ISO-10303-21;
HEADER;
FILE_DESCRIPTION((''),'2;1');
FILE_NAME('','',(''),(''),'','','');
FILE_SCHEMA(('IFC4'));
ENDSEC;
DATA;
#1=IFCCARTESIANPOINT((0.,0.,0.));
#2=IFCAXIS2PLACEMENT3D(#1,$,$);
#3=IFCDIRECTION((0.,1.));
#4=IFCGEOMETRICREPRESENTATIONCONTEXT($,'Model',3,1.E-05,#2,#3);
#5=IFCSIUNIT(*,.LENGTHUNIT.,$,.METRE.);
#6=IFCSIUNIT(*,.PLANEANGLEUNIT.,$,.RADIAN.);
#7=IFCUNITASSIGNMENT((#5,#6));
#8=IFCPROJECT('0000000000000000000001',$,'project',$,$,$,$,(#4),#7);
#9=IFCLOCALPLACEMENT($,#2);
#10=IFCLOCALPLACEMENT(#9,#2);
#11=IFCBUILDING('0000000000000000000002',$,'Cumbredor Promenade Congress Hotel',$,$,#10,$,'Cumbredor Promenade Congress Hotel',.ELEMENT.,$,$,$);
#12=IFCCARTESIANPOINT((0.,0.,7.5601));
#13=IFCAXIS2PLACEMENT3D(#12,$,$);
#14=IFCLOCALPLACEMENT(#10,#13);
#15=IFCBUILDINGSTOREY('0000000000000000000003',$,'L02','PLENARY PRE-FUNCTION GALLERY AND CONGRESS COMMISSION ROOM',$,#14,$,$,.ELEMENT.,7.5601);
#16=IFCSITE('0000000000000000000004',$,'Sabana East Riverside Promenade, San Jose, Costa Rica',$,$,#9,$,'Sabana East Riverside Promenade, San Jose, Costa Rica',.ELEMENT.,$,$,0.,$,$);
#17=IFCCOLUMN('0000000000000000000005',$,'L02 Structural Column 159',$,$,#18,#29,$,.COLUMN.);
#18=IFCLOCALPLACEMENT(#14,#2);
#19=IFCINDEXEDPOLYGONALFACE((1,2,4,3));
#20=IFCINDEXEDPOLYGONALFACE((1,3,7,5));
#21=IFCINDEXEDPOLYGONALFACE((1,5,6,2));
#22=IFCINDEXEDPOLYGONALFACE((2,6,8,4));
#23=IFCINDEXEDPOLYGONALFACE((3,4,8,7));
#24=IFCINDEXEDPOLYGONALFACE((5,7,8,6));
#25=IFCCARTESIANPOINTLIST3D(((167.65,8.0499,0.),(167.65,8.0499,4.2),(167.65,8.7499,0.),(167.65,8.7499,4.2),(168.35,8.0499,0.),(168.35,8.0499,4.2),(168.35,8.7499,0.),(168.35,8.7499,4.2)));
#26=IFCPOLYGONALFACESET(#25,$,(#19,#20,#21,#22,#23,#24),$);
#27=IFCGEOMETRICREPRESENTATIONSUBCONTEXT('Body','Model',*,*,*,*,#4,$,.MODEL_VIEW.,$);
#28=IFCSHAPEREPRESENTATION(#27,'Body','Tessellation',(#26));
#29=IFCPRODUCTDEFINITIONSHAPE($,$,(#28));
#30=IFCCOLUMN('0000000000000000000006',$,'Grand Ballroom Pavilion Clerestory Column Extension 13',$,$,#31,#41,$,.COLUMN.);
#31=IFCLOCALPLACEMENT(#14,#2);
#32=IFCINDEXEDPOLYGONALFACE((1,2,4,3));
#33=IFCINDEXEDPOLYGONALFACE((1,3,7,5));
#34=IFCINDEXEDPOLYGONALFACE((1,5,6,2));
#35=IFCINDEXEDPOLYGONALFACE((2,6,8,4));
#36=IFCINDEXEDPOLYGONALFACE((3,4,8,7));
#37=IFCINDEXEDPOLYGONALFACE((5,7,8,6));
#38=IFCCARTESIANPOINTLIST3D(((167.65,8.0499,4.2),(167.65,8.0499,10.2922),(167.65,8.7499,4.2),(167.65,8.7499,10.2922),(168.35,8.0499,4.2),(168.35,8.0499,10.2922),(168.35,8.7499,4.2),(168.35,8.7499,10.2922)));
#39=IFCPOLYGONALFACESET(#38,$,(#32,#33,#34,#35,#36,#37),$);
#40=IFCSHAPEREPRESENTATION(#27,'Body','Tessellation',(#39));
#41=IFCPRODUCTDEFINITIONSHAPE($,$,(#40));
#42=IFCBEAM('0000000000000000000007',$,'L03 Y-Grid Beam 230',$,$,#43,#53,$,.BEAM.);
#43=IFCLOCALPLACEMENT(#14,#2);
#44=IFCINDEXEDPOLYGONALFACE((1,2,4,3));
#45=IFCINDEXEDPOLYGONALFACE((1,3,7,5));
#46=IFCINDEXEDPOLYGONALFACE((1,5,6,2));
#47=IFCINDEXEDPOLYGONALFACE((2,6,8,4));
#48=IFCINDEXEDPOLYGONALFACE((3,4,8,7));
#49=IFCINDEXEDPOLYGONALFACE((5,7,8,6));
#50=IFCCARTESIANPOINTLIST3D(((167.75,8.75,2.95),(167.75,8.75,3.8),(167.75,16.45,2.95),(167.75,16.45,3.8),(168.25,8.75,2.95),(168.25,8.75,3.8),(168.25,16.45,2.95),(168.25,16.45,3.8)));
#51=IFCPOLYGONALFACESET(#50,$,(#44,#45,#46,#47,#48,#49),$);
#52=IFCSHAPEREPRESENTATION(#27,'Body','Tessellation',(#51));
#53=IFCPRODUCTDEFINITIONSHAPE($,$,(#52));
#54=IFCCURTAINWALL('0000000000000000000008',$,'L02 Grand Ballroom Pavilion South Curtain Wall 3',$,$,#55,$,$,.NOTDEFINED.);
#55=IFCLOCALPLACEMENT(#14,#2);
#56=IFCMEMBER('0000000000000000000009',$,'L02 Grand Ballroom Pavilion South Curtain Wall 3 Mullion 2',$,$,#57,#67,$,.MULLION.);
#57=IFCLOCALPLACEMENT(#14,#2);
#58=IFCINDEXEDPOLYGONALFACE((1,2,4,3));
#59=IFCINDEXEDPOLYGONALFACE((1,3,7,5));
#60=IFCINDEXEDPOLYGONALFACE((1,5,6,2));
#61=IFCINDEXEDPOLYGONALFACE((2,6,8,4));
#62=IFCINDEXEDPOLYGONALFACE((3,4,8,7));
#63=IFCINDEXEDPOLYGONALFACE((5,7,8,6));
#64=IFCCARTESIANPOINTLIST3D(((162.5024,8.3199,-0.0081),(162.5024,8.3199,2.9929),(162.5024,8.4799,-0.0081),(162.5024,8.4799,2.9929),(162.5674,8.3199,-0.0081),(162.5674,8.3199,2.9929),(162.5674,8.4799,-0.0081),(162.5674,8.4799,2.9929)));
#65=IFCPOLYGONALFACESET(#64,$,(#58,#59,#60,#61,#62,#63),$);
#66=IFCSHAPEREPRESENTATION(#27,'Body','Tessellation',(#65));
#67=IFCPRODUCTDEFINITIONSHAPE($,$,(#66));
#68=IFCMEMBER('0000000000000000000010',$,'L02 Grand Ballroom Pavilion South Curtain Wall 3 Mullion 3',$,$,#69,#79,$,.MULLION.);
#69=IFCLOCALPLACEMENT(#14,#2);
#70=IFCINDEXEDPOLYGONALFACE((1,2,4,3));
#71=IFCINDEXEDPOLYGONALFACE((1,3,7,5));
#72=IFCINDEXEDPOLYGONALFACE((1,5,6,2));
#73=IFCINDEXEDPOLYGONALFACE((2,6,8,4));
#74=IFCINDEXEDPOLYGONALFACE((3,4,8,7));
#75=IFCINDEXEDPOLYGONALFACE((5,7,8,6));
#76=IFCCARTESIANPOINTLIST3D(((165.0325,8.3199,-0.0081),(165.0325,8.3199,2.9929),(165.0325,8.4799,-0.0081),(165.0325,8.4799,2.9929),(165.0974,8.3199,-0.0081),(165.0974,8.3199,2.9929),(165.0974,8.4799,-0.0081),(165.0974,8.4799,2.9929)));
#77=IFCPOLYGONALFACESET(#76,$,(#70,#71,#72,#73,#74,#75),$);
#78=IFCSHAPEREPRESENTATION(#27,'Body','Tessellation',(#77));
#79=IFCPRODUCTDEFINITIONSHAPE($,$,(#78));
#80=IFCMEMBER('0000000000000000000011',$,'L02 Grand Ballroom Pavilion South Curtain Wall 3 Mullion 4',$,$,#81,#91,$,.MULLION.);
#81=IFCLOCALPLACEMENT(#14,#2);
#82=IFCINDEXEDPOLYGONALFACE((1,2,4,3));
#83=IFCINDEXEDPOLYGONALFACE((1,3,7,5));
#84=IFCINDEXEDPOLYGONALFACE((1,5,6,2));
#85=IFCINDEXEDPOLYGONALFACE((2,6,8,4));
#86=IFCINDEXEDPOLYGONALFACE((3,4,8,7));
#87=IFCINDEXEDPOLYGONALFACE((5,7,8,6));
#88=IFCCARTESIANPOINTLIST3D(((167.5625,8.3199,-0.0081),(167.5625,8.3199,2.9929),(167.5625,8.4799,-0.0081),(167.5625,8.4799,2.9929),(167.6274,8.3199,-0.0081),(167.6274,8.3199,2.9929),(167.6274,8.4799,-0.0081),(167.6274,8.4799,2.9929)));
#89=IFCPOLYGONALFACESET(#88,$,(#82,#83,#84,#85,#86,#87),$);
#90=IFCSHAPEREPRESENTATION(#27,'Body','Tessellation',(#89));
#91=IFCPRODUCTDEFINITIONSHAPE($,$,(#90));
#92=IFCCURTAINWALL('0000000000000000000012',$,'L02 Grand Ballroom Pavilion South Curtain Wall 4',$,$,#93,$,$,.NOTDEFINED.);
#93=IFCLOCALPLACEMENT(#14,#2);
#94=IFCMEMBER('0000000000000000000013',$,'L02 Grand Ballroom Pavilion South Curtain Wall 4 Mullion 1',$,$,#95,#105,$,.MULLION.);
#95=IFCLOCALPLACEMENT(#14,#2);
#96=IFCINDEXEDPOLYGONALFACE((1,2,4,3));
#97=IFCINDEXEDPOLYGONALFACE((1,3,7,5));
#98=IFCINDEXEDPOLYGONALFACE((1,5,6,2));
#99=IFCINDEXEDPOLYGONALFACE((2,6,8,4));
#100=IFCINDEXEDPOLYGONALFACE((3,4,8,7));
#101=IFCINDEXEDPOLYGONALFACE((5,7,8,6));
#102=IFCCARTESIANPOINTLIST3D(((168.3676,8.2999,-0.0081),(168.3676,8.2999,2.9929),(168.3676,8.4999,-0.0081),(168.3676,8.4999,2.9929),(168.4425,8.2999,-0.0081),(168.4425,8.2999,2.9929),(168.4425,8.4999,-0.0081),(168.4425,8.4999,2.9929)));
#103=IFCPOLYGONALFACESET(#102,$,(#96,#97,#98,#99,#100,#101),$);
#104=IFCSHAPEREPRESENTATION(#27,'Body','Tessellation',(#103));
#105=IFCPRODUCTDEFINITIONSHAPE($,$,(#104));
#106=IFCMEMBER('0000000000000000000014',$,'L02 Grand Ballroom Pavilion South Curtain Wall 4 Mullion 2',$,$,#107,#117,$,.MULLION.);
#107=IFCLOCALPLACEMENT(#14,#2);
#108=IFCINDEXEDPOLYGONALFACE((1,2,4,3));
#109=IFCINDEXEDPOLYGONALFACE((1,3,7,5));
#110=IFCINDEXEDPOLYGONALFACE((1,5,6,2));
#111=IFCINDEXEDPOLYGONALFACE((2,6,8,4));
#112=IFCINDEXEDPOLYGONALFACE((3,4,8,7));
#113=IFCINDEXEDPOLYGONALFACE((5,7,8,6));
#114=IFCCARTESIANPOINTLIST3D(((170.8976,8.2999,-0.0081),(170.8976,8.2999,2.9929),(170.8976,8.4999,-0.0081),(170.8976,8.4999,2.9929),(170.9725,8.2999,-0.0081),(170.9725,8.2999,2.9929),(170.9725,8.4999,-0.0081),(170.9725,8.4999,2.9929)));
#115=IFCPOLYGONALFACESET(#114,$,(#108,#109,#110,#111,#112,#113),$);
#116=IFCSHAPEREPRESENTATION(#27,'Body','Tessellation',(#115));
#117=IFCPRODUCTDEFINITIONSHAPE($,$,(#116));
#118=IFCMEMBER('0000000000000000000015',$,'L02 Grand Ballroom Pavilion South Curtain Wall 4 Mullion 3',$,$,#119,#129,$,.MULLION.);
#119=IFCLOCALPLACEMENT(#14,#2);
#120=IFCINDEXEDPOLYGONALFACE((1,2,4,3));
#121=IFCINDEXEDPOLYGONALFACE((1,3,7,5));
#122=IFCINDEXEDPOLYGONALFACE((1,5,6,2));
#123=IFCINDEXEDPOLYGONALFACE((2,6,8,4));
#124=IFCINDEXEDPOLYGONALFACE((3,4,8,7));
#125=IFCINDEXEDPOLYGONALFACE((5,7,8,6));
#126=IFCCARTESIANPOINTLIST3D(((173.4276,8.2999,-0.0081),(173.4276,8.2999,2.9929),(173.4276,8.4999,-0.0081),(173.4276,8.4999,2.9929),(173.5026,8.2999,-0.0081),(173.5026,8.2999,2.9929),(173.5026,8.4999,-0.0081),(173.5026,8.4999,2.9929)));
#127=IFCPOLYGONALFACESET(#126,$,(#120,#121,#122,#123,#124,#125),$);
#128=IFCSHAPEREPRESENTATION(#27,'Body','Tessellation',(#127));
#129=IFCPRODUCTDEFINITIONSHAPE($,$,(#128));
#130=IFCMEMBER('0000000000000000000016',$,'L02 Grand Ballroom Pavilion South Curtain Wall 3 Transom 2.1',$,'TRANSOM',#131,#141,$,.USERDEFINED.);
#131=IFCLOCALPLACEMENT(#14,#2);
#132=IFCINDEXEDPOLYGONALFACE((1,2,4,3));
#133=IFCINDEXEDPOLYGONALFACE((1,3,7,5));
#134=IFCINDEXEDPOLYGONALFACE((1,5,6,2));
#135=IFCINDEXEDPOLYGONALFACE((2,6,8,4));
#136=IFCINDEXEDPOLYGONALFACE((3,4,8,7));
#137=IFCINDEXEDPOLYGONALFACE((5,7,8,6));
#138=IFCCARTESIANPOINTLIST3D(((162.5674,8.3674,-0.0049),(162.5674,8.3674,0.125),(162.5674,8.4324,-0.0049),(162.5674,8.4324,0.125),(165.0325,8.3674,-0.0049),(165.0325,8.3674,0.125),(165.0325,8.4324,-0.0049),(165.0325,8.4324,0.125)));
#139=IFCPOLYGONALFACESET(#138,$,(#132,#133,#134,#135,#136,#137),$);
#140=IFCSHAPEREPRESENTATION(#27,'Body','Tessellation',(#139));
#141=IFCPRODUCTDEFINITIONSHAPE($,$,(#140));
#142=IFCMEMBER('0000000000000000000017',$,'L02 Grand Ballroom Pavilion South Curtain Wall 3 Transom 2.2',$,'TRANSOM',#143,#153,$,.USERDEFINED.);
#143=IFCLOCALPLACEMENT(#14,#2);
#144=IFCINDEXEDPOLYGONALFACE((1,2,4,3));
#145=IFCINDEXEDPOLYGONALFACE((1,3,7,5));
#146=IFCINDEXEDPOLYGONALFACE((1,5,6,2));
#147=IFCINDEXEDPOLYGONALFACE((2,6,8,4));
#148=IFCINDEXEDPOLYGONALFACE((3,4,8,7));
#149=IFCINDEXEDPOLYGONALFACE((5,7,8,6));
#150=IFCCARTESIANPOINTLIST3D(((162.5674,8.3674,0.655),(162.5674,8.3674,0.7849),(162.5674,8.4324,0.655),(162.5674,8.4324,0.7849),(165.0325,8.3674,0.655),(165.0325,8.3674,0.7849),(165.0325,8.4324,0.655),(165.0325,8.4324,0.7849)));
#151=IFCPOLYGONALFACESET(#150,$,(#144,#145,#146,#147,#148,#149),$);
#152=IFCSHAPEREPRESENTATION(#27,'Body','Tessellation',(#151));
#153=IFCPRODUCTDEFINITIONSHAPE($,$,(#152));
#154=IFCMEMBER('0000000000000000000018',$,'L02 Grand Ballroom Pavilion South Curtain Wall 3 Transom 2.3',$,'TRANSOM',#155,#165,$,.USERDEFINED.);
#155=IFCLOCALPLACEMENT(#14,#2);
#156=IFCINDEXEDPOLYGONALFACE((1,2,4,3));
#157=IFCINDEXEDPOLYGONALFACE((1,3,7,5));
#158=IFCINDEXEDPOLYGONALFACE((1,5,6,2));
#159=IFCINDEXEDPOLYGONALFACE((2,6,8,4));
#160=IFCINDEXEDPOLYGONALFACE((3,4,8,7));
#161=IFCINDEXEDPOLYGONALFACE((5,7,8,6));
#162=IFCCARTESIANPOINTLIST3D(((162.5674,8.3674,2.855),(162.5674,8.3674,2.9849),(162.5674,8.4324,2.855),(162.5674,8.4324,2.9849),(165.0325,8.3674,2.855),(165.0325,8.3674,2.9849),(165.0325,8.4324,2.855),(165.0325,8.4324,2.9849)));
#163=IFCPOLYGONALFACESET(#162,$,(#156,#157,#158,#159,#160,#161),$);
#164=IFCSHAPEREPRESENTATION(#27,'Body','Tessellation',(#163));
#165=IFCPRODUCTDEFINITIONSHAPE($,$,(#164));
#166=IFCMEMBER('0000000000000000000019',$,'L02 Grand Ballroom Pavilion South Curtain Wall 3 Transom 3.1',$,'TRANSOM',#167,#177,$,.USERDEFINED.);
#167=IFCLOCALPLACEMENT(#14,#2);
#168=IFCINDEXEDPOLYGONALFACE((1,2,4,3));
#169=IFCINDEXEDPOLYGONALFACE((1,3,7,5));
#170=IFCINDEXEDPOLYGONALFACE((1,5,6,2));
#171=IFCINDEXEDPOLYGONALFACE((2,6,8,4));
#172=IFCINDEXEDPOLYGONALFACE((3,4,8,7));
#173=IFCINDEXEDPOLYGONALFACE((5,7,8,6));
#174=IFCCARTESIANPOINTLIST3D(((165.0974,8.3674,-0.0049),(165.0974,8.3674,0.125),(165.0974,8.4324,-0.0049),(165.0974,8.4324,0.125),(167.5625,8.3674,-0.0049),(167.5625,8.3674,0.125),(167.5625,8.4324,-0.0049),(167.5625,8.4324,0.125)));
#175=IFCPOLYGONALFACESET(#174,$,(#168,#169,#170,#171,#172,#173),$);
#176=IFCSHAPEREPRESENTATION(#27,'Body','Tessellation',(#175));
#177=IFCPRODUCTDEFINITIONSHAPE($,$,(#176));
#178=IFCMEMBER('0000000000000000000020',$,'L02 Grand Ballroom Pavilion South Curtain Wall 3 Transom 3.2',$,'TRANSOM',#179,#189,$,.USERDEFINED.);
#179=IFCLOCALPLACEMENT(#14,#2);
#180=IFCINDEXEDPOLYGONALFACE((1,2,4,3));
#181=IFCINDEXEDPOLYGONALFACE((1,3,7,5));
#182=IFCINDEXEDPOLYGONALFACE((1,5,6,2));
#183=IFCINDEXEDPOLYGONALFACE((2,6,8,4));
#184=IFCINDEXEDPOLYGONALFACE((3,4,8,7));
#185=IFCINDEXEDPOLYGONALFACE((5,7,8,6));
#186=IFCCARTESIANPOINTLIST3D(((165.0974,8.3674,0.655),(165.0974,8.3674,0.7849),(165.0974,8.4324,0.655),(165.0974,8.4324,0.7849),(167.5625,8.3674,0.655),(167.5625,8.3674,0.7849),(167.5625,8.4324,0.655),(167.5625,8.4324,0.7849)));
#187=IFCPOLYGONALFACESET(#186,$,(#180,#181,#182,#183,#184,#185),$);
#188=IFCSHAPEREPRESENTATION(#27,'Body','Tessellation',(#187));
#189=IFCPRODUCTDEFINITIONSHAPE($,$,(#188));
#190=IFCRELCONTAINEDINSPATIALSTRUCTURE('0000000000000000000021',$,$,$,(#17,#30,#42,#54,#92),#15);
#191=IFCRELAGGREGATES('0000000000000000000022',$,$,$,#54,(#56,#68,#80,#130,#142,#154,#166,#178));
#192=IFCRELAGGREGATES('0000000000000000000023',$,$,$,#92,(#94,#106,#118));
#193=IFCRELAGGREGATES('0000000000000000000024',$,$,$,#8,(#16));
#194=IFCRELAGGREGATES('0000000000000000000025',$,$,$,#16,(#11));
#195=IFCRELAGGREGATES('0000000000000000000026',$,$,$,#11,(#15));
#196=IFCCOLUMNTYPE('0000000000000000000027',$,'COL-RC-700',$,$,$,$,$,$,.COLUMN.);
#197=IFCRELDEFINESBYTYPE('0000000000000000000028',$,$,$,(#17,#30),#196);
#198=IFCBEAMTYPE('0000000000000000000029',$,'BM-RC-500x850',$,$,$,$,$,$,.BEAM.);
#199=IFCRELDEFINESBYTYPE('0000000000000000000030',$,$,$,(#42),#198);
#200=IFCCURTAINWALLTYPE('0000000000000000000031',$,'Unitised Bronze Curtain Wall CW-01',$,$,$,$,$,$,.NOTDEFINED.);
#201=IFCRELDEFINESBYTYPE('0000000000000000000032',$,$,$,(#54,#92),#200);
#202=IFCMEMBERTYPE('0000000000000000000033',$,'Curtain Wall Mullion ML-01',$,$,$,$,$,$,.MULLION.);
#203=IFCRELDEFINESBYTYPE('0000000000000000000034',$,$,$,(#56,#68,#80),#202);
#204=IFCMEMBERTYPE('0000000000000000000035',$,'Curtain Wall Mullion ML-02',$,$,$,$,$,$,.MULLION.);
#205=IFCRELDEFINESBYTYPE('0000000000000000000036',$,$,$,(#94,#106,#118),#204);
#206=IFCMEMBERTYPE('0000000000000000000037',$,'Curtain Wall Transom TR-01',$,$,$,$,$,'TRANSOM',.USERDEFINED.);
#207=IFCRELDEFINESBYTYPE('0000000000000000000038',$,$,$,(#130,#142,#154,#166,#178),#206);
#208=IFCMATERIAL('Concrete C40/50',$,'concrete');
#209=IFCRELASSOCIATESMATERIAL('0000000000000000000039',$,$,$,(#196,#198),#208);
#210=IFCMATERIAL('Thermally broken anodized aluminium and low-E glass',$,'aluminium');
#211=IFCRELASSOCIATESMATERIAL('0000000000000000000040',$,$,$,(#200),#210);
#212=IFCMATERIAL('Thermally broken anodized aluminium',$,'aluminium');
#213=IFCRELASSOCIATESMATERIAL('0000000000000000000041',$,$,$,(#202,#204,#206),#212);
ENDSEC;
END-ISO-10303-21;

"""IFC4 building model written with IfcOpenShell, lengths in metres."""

from ifc_helpers import new_model, si_unit, direction, frame, origin, origin_2d, place, context, subcontext, project, spatial, rectangle, extrude, material, material_profile, profile_set, type_object, element, aggregate, save


model = new_model("IFC4")

# Units and contexts
model_context = context("Model", 3, precision=1e-05, world=origin(), true_north=direction((0.0, 1.0)))
body_context = subcontext(model_context, "Body", "Model", "MODEL_VIEW")
ifc_project = project(units=[si_unit("LENGTHUNIT", "METRE"), si_unit("PLANEANGLEUNIT", "RADIAN")], contexts=[model_context])

# Site, building, storey
site_placement = place(None, origin())
site = spatial("IfcSite", under=ifc_project, at=site_placement, Name="Sabana East Riverside Promenade, San Jose, Costa Rica", LongName="Sabana East Riverside Promenade, San Jose, Costa Rica", CompositionType="ELEMENT", RefElevation=0.0)
building_placement = place(site_placement, origin())
building = spatial("IfcBuilding", under=site, at=building_placement, Name="Cumbredor Promenade Congress Hotel", LongName="Cumbredor Promenade Congress Hotel", CompositionType="ELEMENT")
storey_placement = place(building_placement, frame((0.0, 0.0, 7.5601)))
storey = spatial("IfcBuildingStorey", under=building, at=storey_placement, Name="L02", Description="PLENARY PRE-FUNCTION GALLERY AND CONGRESS COMMISSION ROOM", CompositionType="ELEMENT", Elevation=7.5601)

# Columns
ifc_material_1 = material(Name="Concrete C40/50", Category="concrete")
ifc_material_profile_1 = material_profile(ifc_material_1, rectangle(XDim=0.7, YDim=0.7, at=origin_2d()), Name="RC 700x700")
ifc_profile_set_1 = profile_set([ifc_material_profile_1], Name="Concrete C40/50")
column_type = type_object("IfcColumnType", Name="COL-RC-700", PredefinedType="COLUMN", material=ifc_profile_set_1)
column_1_placement = place(storey_placement, frame((168.0, 8.3999, 0.0), z_axis=(0.0, 0.0, 1.0), x_axis=(1.0, 0.0, 0.0)))
element("IfcColumn", 1, at=column_1_placement, inside=storey, type_object=column_type, Name="L02 Structural Column 159", PredefinedType="COLUMN", context=body_context, shape_type="SweptSolid", body=[
    extrude(rectangle(XDim=0.7, YDim=0.7, at=origin_2d()), origin(), (0.0, 0.0, 1.0), 4.2),
])
column_2_placement = place(storey_placement, frame((168.0, 8.3999, 4.2), z_axis=(0.0, 0.0, 1.0), x_axis=(1.0, 0.0, 0.0)))
element("IfcColumn", 2, at=column_2_placement, inside=storey, type_object=column_type, Name="Grand Ballroom Pavilion Clerestory Column Extension 13", PredefinedType="COLUMN", context=body_context, shape_type="SweptSolid", body=[
    extrude(rectangle(XDim=0.7, YDim=0.7, at=origin_2d()), origin(), (0.0, 0.0, 1.0), 6.0923),
])

# Beam
ifc_material_profile_2 = material_profile(ifc_material_1, rectangle(XDim=0.5, YDim=0.8501, at=origin_2d()), Name="RC BEAM 500x850")
ifc_profile_set_2 = profile_set([ifc_material_profile_2], Name="Concrete C40/50")
beam_type_1 = type_object("IfcBeamType", Name="BM-RC-500x850", PredefinedType="BEAM", material=ifc_profile_set_2)
beam_1_placement = place(storey_placement, frame((168.0, 8.75, 3.375), z_axis=(0.0, 1.0, 0.0), x_axis=(-1.0, 0.0, 0.0)))
element("IfcBeam", 3, at=beam_1_placement, inside=storey, type_object=beam_type_1, Name="L03 Y-Grid Beam 230", PredefinedType="BEAM", context=body_context, shape_type="SweptSolid", body=[
    extrude(rectangle(XDim=0.5, YDim=0.8501, at=origin_2d()), origin(), (0.0, 0.0, 1.0), 7.7),
])

# Curtain walls, members
ifc_material_2 = material(Name="Thermally broken anodized aluminium and low-E glass", Category="aluminium")
curtain_wall_type = type_object("IfcCurtainWallType", Name="Unitised Bronze Curtain Wall CW-01", PredefinedType="NOTDEFINED", material=ifc_material_2)
curtain_wall_1_placement = place(storey_placement, origin())
curtain_wall_1 = element("IfcCurtainWall", 4, at=curtain_wall_1_placement, inside=storey, type_object=curtain_wall_type, Name="L02 Grand Ballroom Pavilion South Curtain Wall 3", PredefinedType="NOTDEFINED")
ifc_material_3 = material(Name="Thermally broken anodized aluminium", Category="aluminium")
ifc_material_profile_3 = material_profile(ifc_material_3, rectangle(XDim=0.0649, YDim=0.1599, at=origin_2d()), Name="ALU MULLION 65x160")
ifc_profile_set_3 = profile_set([ifc_material_profile_3], Name="Thermally broken anodized aluminium")
member_type_1 = type_object("IfcMemberType", Name="Curtain Wall Mullion ML-01", PredefinedType="MULLION", material=ifc_profile_set_3)
member_1_placement = place(storey_placement, frame((162.5349, 8.3999, -0.0081), z_axis=(0.0, 0.0, 1.0), x_axis=(1.0, 0.0, 0.0)))
member_1 = element("IfcMember", 5, at=member_1_placement, type_object=member_type_1, Name="L02 Grand Ballroom Pavilion South Curtain Wall 3 Mullion 2", PredefinedType="MULLION", context=body_context, shape_type="SweptSolid", body=[
    extrude(rectangle(XDim=0.0649, YDim=0.1599, at=origin_2d()), origin(), (0.0, 0.0, 1.0), 3.001),
])
member_2_placement = place(storey_placement, frame((165.0649, 8.3999, -0.0081), z_axis=(0.0, 0.0, 1.0), x_axis=(1.0, 0.0, 0.0)))
member_2 = element("IfcMember", 6, at=member_2_placement, type_object=member_type_1, Name="L02 Grand Ballroom Pavilion South Curtain Wall 3 Mullion 3", PredefinedType="MULLION", context=body_context, shape_type="SweptSolid", body=[
    extrude(rectangle(XDim=0.0649, YDim=0.1599, at=origin_2d()), origin(), (0.0, 0.0, 1.0), 3.001),
])
member_3_placement = place(storey_placement, frame((167.595, 8.3999, -0.0081), z_axis=(0.0, 0.0, 1.0), x_axis=(1.0, 0.0, 0.0)))
member_3 = element("IfcMember", 7, at=member_3_placement, type_object=member_type_1, Name="L02 Grand Ballroom Pavilion South Curtain Wall 3 Mullion 4", PredefinedType="MULLION", context=body_context, shape_type="SweptSolid", body=[
    extrude(rectangle(XDim=0.0649, YDim=0.1599, at=origin_2d()), origin(), (0.0, 0.0, 1.0), 3.001),
])
curtain_wall_2_placement = place(storey_placement, origin())
curtain_wall_2 = element("IfcCurtainWall", 8, at=curtain_wall_2_placement, inside=storey, type_object=curtain_wall_type, Name="L02 Grand Ballroom Pavilion South Curtain Wall 4", PredefinedType="NOTDEFINED")
ifc_material_profile_4 = material_profile(ifc_material_3, rectangle(XDim=0.075, YDim=0.2, at=origin_2d()), Name="ALU MULLION 75x200")
ifc_profile_set_4 = profile_set([ifc_material_profile_4], Name="Thermally broken anodized aluminium")
member_type_2 = type_object("IfcMemberType", Name="Curtain Wall Mullion ML-02", PredefinedType="MULLION", material=ifc_profile_set_4)
member_4_placement = place(storey_placement, frame((168.405, 8.3999, -0.0081), z_axis=(0.0, 0.0, 1.0), x_axis=(1.0, 0.0, 0.0)))
member_4 = element("IfcMember", 9, at=member_4_placement, type_object=member_type_2, Name="L02 Grand Ballroom Pavilion South Curtain Wall 4 Mullion 1", PredefinedType="MULLION", context=body_context, shape_type="SweptSolid", body=[
    extrude(rectangle(XDim=0.075, YDim=0.2, at=origin_2d()), origin(), (0.0, 0.0, 1.0), 3.001),
])
member_5_placement = place(storey_placement, frame((170.9351, 8.3999, -0.0081), z_axis=(0.0, 0.0, 1.0), x_axis=(1.0, 0.0, 0.0)))
member_5 = element("IfcMember", 10, at=member_5_placement, type_object=member_type_2, Name="L02 Grand Ballroom Pavilion South Curtain Wall 4 Mullion 2", PredefinedType="MULLION", context=body_context, shape_type="SweptSolid", body=[
    extrude(rectangle(XDim=0.075, YDim=0.2, at=origin_2d()), origin(), (0.0, 0.0, 1.0), 3.001),
])
member_6_placement = place(storey_placement, frame((173.4651, 8.3999, -0.0081), z_axis=(0.0, 0.0, 1.0), x_axis=(1.0, 0.0, 0.0)))
member_6 = element("IfcMember", 11, at=member_6_placement, type_object=member_type_2, Name="L02 Grand Ballroom Pavilion South Curtain Wall 4 Mullion 3", PredefinedType="MULLION", context=body_context, shape_type="SweptSolid", body=[
    extrude(rectangle(XDim=0.075, YDim=0.2, at=origin_2d()), origin(), (0.0, 0.0, 1.0), 3.001),
])

# Members
ifc_material_profile_5 = material_profile(ifc_material_3, rectangle(XDim=0.0649, YDim=0.1299, at=origin_2d()), Name="ALU TRANSOM 65x130")
ifc_profile_set_5 = profile_set([ifc_material_profile_5], Name="Thermally broken anodized aluminium")
member_type_3 = type_object("IfcMemberType", Name="Curtain Wall Transom TR-01", ElementType="TRANSOM", PredefinedType="USERDEFINED", material=ifc_profile_set_5)
member_7_placement = place(storey_placement, frame((162.5674, 8.3999, 0.0601), z_axis=(1.0, 0.0, 0.0), x_axis=(0.0, 1.0, 0.0)))
member_7 = element("IfcMember", 12, at=member_7_placement, type_object=member_type_3, Name="L02 Grand Ballroom Pavilion South Curtain Wall 3 Transom 2.1", ObjectType="TRANSOM", PredefinedType="USERDEFINED", context=body_context, shape_type="SweptSolid", body=[
    extrude(rectangle(XDim=0.0649, YDim=0.1299, at=origin_2d()), origin(), (0.0, 0.0, 1.0), 2.4651),
])
member_8_placement = place(storey_placement, frame((162.5674, 8.3999, 0.72), z_axis=(1.0, 0.0, 0.0), x_axis=(0.0, 1.0, 0.0)))
member_8 = element("IfcMember", 13, at=member_8_placement, type_object=member_type_3, Name="L02 Grand Ballroom Pavilion South Curtain Wall 3 Transom 2.2", ObjectType="TRANSOM", PredefinedType="USERDEFINED", context=body_context, shape_type="SweptSolid", body=[
    extrude(rectangle(XDim=0.0649, YDim=0.1299, at=origin_2d()), origin(), (0.0, 0.0, 1.0), 2.4651),
])
member_9_placement = place(storey_placement, frame((162.5674, 8.3999, 2.9199), z_axis=(1.0, 0.0, 0.0), x_axis=(0.0, 1.0, 0.0)))
member_9 = element("IfcMember", 14, at=member_9_placement, type_object=member_type_3, Name="L02 Grand Ballroom Pavilion South Curtain Wall 3 Transom 2.3", ObjectType="TRANSOM", PredefinedType="USERDEFINED", context=body_context, shape_type="SweptSolid", body=[
    extrude(rectangle(XDim=0.0649, YDim=0.1299, at=origin_2d()), origin(), (0.0, 0.0, 1.0), 2.4651),
])
member_10_placement = place(storey_placement, frame((165.0974, 8.3999, 0.0601), z_axis=(1.0, 0.0, 0.0), x_axis=(0.0, 1.0, 0.0)))
member_10 = element("IfcMember", 15, at=member_10_placement, type_object=member_type_3, Name="L02 Grand Ballroom Pavilion South Curtain Wall 3 Transom 3.1", ObjectType="TRANSOM", PredefinedType="USERDEFINED", context=body_context, shape_type="SweptSolid", body=[
    extrude(rectangle(XDim=0.0649, YDim=0.1299, at=origin_2d()), origin(), (0.0, 0.0, 1.0), 2.4651),
])
member_11_placement = place(storey_placement, frame((165.0974, 8.3999, 0.72), z_axis=(1.0, 0.0, 0.0), x_axis=(0.0, 1.0, 0.0)))
member_11 = element("IfcMember", 16, at=member_11_placement, type_object=member_type_3, Name="L02 Grand Ballroom Pavilion South Curtain Wall 3 Transom 3.2", ObjectType="TRANSOM", PredefinedType="USERDEFINED", context=body_context, shape_type="SweptSolid", body=[
    extrude(rectangle(XDim=0.0649, YDim=0.1299, at=origin_2d()), origin(), (0.0, 0.0, 1.0), 2.4651),
])

aggregate(curtain_wall_1, [member_1, member_2, member_3, member_7, member_8, member_9, member_10, member_11])
aggregate(curtain_wall_2, [member_4, member_5, member_6])

save(model, "model.ifc")
